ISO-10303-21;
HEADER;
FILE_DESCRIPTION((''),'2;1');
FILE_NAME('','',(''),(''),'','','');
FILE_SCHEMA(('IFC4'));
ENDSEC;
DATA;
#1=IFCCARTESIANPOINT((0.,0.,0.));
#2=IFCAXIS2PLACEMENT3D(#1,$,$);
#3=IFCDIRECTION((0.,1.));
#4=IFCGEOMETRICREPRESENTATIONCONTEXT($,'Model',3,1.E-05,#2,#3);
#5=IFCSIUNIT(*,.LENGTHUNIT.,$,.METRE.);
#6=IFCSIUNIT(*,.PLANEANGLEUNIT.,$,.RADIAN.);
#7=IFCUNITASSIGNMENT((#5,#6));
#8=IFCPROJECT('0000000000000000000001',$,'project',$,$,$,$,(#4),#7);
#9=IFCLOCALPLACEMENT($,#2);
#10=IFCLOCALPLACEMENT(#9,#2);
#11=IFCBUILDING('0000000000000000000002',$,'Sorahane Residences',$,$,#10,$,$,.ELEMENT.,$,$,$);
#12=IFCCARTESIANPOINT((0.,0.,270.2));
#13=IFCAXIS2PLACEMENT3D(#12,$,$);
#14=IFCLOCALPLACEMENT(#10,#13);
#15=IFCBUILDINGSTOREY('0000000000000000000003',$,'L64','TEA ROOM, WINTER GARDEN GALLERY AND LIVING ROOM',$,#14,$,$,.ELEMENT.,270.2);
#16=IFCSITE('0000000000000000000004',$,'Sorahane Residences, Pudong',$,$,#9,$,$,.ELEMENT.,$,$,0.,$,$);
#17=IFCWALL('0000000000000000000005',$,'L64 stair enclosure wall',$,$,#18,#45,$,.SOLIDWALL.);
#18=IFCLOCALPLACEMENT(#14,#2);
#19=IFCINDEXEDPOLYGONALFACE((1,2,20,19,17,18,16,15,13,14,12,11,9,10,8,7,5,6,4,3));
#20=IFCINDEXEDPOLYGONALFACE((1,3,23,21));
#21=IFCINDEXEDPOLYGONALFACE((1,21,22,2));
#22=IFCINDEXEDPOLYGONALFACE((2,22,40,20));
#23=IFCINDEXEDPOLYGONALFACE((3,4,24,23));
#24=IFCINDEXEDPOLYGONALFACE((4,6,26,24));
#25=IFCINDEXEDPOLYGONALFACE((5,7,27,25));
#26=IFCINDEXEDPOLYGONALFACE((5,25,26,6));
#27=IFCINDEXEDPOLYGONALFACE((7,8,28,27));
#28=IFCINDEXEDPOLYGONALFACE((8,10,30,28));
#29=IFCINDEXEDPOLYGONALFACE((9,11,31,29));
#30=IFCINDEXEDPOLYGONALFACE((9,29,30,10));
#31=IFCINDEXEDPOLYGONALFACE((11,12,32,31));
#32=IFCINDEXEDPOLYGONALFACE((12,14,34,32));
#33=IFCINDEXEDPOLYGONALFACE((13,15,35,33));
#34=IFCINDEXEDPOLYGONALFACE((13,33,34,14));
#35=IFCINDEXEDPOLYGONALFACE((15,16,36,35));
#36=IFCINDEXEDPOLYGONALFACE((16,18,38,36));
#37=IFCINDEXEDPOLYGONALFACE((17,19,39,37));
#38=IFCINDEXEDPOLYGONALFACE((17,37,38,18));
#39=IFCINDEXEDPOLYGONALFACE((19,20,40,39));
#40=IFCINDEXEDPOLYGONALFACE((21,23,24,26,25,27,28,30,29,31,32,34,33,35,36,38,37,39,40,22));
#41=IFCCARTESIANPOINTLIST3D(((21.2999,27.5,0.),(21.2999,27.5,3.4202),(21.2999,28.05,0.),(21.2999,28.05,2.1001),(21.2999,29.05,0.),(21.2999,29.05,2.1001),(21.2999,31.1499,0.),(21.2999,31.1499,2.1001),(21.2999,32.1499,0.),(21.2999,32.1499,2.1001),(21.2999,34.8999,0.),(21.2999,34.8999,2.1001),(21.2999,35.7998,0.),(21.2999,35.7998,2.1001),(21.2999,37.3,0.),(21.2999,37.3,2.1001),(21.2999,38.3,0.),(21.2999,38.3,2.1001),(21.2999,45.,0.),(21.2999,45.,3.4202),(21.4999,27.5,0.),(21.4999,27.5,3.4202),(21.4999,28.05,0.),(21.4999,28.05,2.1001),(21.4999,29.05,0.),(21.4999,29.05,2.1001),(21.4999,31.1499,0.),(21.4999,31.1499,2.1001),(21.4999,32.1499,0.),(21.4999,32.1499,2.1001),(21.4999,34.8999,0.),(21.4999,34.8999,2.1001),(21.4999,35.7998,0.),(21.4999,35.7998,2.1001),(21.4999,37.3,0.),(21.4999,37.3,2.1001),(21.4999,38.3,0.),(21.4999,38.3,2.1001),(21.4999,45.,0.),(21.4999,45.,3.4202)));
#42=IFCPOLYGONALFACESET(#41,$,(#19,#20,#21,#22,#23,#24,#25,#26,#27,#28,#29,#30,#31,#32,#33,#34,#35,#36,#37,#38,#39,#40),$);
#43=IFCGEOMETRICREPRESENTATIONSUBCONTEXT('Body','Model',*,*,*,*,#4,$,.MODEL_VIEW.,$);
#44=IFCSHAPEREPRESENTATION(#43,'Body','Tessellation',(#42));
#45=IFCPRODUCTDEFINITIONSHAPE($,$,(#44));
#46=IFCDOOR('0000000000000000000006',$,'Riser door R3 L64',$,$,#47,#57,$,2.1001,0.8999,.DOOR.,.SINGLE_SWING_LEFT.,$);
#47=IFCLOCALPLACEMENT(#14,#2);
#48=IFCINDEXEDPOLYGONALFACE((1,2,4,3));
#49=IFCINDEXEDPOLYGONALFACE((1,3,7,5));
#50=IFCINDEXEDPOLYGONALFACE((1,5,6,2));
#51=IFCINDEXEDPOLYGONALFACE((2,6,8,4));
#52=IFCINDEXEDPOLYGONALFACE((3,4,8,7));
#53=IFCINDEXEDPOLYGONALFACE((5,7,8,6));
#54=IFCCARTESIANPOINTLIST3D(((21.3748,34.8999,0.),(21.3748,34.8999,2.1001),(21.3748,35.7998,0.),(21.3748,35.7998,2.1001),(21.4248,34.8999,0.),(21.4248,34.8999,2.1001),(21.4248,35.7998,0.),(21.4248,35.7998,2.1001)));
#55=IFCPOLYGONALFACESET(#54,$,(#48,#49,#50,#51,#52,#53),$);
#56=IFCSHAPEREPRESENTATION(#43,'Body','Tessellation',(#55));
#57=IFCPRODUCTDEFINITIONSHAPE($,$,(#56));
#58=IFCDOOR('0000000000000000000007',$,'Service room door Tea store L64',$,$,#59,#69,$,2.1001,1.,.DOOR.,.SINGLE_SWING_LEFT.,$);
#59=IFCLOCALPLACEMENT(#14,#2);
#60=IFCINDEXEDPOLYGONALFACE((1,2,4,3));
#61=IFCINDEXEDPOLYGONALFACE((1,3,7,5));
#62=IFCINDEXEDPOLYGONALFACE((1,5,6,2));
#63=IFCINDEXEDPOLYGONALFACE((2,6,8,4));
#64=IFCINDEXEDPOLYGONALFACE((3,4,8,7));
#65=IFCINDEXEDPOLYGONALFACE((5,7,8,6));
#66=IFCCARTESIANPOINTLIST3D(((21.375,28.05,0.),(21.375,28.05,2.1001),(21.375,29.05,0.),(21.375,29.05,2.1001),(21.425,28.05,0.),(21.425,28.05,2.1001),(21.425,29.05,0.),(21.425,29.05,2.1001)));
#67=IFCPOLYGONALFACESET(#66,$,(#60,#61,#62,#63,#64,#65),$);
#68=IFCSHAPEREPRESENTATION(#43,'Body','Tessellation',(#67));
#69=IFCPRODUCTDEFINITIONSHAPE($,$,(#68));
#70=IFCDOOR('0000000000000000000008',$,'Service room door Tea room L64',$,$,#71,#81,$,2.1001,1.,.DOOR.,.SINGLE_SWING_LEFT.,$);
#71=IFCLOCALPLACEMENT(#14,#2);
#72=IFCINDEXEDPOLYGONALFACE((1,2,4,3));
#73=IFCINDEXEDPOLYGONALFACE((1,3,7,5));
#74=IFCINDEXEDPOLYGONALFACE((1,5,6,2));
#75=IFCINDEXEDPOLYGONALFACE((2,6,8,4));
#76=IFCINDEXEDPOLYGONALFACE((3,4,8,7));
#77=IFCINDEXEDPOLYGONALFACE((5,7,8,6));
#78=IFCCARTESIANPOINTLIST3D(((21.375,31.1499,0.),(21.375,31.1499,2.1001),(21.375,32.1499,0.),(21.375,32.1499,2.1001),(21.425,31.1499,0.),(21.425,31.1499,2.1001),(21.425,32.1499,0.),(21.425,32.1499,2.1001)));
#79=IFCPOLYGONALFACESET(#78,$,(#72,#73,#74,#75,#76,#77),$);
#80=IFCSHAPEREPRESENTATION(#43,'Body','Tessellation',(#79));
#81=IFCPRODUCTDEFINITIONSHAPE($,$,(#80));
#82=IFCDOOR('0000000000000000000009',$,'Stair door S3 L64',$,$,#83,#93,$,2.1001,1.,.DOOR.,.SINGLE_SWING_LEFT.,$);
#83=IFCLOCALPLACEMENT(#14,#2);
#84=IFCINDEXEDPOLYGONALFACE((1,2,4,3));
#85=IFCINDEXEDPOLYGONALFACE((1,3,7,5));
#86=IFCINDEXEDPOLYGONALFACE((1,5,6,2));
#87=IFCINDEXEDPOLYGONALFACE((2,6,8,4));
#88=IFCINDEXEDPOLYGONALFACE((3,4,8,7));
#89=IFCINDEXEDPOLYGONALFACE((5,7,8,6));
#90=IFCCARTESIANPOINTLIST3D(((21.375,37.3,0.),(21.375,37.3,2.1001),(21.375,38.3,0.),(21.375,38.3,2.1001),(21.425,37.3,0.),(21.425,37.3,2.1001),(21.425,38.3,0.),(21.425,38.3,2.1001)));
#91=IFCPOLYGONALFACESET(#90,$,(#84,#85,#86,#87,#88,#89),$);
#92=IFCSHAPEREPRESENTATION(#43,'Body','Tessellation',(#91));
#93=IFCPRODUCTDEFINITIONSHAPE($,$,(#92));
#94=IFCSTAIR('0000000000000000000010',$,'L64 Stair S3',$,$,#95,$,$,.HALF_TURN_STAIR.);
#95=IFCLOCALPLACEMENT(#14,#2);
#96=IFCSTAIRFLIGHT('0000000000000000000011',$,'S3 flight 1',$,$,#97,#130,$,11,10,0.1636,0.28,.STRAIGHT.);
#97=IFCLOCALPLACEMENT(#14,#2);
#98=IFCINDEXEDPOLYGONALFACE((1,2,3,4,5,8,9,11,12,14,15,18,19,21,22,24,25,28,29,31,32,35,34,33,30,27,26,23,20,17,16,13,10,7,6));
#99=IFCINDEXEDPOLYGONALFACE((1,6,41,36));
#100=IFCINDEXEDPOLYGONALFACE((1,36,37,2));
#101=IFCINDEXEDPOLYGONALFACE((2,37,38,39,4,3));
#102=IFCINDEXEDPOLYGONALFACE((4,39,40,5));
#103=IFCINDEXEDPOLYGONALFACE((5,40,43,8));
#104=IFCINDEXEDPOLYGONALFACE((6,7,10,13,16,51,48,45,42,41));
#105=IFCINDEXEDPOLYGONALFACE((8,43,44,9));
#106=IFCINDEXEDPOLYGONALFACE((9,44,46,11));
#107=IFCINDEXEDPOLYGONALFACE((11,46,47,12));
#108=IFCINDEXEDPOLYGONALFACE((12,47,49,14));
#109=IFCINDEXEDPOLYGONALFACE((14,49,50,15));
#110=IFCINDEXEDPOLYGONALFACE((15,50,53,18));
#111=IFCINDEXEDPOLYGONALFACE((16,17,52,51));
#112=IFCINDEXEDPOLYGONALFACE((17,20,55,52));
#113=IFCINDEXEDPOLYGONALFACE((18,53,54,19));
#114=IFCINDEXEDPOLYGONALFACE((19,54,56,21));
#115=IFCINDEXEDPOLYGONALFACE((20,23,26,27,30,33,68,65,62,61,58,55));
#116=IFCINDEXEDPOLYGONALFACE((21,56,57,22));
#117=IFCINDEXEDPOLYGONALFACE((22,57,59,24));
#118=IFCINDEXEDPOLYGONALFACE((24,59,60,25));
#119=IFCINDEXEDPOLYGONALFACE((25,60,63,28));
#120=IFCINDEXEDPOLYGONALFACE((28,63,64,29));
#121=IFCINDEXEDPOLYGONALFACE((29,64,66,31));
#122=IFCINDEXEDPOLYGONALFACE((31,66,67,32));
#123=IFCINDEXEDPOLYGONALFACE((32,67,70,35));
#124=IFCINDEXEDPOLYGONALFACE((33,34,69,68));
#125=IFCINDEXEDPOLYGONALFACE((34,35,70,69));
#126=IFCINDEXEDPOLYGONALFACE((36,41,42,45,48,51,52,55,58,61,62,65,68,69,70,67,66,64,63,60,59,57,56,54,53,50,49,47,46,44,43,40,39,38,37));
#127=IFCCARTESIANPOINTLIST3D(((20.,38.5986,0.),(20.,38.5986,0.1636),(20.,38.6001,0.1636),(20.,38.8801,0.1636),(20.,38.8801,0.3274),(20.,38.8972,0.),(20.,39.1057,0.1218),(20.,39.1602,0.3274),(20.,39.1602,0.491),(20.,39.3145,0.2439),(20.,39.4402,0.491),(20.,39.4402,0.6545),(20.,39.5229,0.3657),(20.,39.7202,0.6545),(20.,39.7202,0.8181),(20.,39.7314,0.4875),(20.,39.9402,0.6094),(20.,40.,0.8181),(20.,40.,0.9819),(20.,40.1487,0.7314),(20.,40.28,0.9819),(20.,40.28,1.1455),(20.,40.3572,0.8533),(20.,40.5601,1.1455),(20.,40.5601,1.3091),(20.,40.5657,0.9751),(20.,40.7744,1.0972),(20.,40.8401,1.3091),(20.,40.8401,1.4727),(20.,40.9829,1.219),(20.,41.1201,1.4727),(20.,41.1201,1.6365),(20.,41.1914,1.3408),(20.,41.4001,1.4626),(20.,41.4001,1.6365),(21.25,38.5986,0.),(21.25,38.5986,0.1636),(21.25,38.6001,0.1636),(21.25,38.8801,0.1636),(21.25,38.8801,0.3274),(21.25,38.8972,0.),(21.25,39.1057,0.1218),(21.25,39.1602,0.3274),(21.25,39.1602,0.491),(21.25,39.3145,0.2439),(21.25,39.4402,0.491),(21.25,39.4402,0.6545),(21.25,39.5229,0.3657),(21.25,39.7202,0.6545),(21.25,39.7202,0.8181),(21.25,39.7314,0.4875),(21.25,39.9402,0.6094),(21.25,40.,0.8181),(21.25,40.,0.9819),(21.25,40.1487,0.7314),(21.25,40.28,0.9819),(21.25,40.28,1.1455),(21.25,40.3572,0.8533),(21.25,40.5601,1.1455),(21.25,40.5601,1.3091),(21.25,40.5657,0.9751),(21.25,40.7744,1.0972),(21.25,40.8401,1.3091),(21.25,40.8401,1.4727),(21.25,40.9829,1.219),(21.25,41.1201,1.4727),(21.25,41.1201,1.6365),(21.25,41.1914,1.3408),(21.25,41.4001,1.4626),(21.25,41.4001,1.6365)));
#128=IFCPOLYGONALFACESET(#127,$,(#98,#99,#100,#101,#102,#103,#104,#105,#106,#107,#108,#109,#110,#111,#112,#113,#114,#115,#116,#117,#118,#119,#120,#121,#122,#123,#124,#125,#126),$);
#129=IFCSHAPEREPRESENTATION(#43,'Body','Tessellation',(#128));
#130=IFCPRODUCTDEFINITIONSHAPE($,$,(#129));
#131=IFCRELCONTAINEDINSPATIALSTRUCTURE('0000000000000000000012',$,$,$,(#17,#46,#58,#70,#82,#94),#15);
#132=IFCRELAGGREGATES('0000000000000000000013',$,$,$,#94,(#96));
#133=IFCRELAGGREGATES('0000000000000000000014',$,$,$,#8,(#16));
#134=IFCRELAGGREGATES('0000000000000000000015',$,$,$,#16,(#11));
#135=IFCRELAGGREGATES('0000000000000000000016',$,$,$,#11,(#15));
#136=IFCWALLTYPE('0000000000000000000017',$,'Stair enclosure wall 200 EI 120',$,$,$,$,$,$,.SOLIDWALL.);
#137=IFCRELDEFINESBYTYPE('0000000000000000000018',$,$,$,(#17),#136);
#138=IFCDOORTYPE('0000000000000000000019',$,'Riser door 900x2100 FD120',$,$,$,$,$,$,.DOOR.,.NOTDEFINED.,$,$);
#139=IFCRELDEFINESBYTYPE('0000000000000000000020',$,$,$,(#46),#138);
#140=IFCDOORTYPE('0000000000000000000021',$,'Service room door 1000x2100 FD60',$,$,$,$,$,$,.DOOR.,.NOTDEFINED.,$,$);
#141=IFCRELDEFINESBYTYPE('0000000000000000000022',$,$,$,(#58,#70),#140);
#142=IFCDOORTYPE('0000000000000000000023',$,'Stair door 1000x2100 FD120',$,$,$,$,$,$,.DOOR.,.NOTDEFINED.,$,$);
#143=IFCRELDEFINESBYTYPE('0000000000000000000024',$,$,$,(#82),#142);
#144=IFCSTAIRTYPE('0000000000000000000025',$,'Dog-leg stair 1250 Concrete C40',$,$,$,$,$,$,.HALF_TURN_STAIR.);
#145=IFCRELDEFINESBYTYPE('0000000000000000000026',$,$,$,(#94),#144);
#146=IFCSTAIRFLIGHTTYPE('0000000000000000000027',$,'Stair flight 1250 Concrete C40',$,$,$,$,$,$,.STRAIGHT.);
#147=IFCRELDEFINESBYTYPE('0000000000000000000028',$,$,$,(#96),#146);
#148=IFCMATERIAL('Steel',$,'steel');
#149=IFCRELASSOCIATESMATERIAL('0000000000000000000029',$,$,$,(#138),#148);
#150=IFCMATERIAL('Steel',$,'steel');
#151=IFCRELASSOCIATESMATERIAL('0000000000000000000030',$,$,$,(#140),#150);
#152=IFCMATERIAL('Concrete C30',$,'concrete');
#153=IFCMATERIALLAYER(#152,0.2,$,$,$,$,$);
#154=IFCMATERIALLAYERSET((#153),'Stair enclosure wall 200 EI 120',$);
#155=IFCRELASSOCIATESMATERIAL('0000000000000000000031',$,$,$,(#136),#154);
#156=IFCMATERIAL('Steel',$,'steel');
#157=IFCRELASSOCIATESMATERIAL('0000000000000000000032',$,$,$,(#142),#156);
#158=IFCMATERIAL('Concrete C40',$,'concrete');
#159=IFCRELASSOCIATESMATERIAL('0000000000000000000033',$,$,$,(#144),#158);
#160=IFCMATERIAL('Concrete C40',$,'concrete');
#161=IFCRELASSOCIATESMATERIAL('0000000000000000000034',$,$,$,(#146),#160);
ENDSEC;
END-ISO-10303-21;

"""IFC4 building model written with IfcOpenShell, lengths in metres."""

from ifc_helpers import new_model, si_unit, direction, frame, frame_2d, origin, place, context, subcontext, project, spatial, polyline, rectangle, outline, extrude, material, layer, layer_set, type_object, element, fill, aggregate, save


model = new_model("IFC4")

# Units and contexts
model_context = context("Model", 3, precision=1e-05, world=origin(), true_north=direction((0.0, 1.0)))
body_context = subcontext(model_context, "Body", "Model", "MODEL_VIEW")
ifc_project = project(units=[si_unit("LENGTHUNIT", "METRE"), si_unit("PLANEANGLEUNIT", "RADIAN")], contexts=[model_context])

# Site, building, storey
site_placement = place(None, origin())
site = spatial("IfcSite", under=ifc_project, at=site_placement, Name="Sorahane Residences, Pudong", CompositionType="ELEMENT", RefElevation=0.0)
building_placement = place(site_placement, origin())
building = spatial("IfcBuilding", under=site, at=building_placement, Name="Sorahane Residences", CompositionType="ELEMENT")
storey_placement = place(building_placement, frame((0.0, 0.0, 270.2)))
storey = spatial("IfcBuildingStorey", under=building, at=storey_placement, Name="L64", Description="TEA ROOM, WINTER GARDEN GALLERY AND LIVING ROOM", CompositionType="ELEMENT", Elevation=270.2)

# Shared definitions
ifc_material_1 = material(Name="Steel", Category="steel")
door_type_1 = type_object("IfcDoorType", Name="Riser door 900x2100 FD120", OperationType="NOTDEFINED", PredefinedType="DOOR", material=ifc_material_1)
ifc_material_2 = material(Name="Steel", Category="steel")
door_type_2 = type_object("IfcDoorType", Name="Service room door 1000x2100 FD60", OperationType="NOTDEFINED", PredefinedType="DOOR", material=ifc_material_2)

# Wall, openings, doors
ifc_material_3 = material(Name="Concrete C30", Category="concrete")
ifc_layer_1 = layer(ifc_material_3, 0.2)
ifc_layer_set_1 = layer_set([ifc_layer_1], Name="Stair enclosure wall 200 EI 120")
wall_type_1 = type_object("IfcWallType", Name="Stair enclosure wall 200 EI 120", PredefinedType="SOLIDWALL", material=ifc_layer_set_1)
wall_1_placement = place(storey_placement, frame((21.3999, 27.5, 0.0), z_axis=(0.0, 0.0, 1.0), x_axis=(0.0, 1.0, 0.0)))
wall_1 = element("IfcWall", 1, at=wall_1_placement, inside=storey, type_object=wall_type_1, Name="L64 stair enclosure wall", PredefinedType="SOLIDWALL", context=body_context, shape_type="SweptSolid", body=[
    extrude(rectangle(XDim=17.5, YDim=0.2, at=frame_2d((8.75, 0.0))), origin(), (0.0, 0.0, 1.0), 3.4202),
])
opening_1_placement = place(wall_1_placement, frame((0.55, 0.0, 0.0)))
opening_1 = element("IfcOpeningElement", 2, at=opening_1_placement, cuts=wall_1, PredefinedType="OPENING", context=body_context, shape_type="SweptSolid", body=[
    extrude(rectangle(XDim=1.0, YDim=2.1001, at=frame_2d((0.5, 1.05))), frame((0.0, 0.1099, 0.0), z_axis=(0.0, -1.0, 0.0), x_axis=(1.0, 0.0, 0.0)), (0.0, 0.0, 1.0), 0.22),
])
opening_2_placement = place(wall_1_placement, frame((3.6499, 0.0, 0.0)))
opening_2 = element("IfcOpeningElement", 3, at=opening_2_placement, cuts=wall_1, PredefinedType="OPENING", context=body_context, shape_type="SweptSolid", body=[
    extrude(rectangle(XDim=1.0, YDim=2.1001, at=frame_2d((0.5, 1.05))), frame((0.0, 0.1099, 0.0), z_axis=(0.0, -1.0, 0.0), x_axis=(1.0, 0.0, 0.0)), (0.0, 0.0, 1.0), 0.22),
])
opening_3_placement = place(wall_1_placement, frame((9.8, 0.0, 0.0)))
opening_3 = element("IfcOpeningElement", 4, at=opening_3_placement, cuts=wall_1, PredefinedType="OPENING", context=body_context, shape_type="SweptSolid", body=[
    extrude(rectangle(XDim=1.0, YDim=2.1001, at=frame_2d((0.5, 1.05))), frame((0.0, 0.1099, 0.0), z_axis=(0.0, -1.0, 0.0), x_axis=(1.0, 0.0, 0.0)), (0.0, 0.0, 1.0), 0.22),
])
opening_4_placement = place(wall_1_placement, frame((7.3999, 0.0, 0.0)))
opening_4 = element("IfcOpeningElement", 5, at=opening_4_placement, cuts=wall_1, PredefinedType="OPENING", context=body_context, shape_type="SweptSolid", body=[
    extrude(rectangle(XDim=0.8999, YDim=2.1001, at=frame_2d((0.45, 1.05))), frame((0.0, 0.1099, 0.0), z_axis=(0.0, -1.0, 0.0), x_axis=(1.0, 0.0, 0.0)), (0.0, 0.0, 1.0), 0.22),
])
door_1_placement = place(opening_4_placement, frame((0.8999, 0.0, 0.0), z_axis=(0.0, 0.0, 1.0), x_axis=(-1.0, 0.0, 0.0)))
door_1 = element("IfcDoor", 6, at=door_1_placement, inside=storey, type_object=door_type_1, Name="Riser door R3 L64", OperationType="SINGLE_SWING_LEFT", OverallHeight=2.1001, OverallWidth=0.8999, PredefinedType="DOOR", context=body_context, shape_type="SweptSolid", body=[
    extrude(rectangle(XDim=0.8999, YDim=2.1001, at=frame_2d((0.45, 1.05))), frame((0.0, 0.0249, 0.0), z_axis=(0.0, -1.0, 0.0), x_axis=(1.0, 0.0, 0.0)), (0.0, 0.0, 1.0), 0.05),
])
fill(opening_4, door_1)
door_2_placement = place(opening_1_placement, origin())
door_2 = element("IfcDoor", 7, at=door_2_placement, inside=storey, type_object=door_type_2, Name="Service room door Tea store L64", OperationType="SINGLE_SWING_LEFT", OverallHeight=2.1001, OverallWidth=1.0, PredefinedType="DOOR", context=body_context, shape_type="SweptSolid", body=[
    extrude(rectangle(XDim=1.0, YDim=2.1001, at=frame_2d((0.5, 1.05))), frame((0.0, 0.0249, 0.0), z_axis=(0.0, -1.0, 0.0), x_axis=(1.0, 0.0, 0.0)), (0.0, 0.0, 1.0), 0.05),
])
fill(opening_1, door_2)
door_3_placement = place(opening_2_placement, origin())
door_3 = element("IfcDoor", 8, at=door_3_placement, inside=storey, type_object=door_type_2, Name="Service room door Tea room L64", OperationType="SINGLE_SWING_LEFT", OverallHeight=2.1001, OverallWidth=1.0, PredefinedType="DOOR", context=body_context, shape_type="SweptSolid", body=[
    extrude(rectangle(XDim=1.0, YDim=2.1001, at=frame_2d((0.5, 1.05))), frame((0.0, 0.0249, 0.0), z_axis=(0.0, -1.0, 0.0), x_axis=(1.0, 0.0, 0.0)), (0.0, 0.0, 1.0), 0.05),
])
fill(opening_2, door_3)
ifc_material_4 = material(Name="Steel", Category="steel")
door_type_3 = type_object("IfcDoorType", Name="Stair door 1000x2100 FD120", OperationType="NOTDEFINED", PredefinedType="DOOR", material=ifc_material_4)
door_4_placement = place(opening_3_placement, origin())
door_4 = element("IfcDoor", 9, at=door_4_placement, inside=storey, type_object=door_type_3, Name="Stair door S3 L64", OperationType="SINGLE_SWING_LEFT", OverallHeight=2.1001, OverallWidth=1.0, PredefinedType="DOOR", context=body_context, shape_type="SweptSolid", body=[
    extrude(rectangle(XDim=1.0, YDim=2.1001, at=frame_2d((0.5, 1.05))), frame((0.0, 0.0249, 0.0), z_axis=(0.0, -1.0, 0.0), x_axis=(1.0, 0.0, 0.0)), (0.0, 0.0, 1.0), 0.05),
])
fill(opening_3, door_4)

# Stair, stair flight
ifc_material_5 = material(Name="Concrete C40", Category="concrete")
stair_type = type_object("IfcStairType", Name="Dog-leg stair 1250 Concrete C40", PredefinedType="HALF_TURN_STAIR", material=ifc_material_5)
stair_placement = place(storey_placement, origin())
stair = element("IfcStair", 10, at=stair_placement, inside=storey, type_object=stair_type, Name="L64 Stair S3", PredefinedType="HALF_TURN_STAIR")
ifc_material_6 = material(Name="Concrete C40", Category="concrete")
stair_flight_type = type_object("IfcStairFlightType", Name="Stair flight 1250 Concrete C40", PredefinedType="STRAIGHT", material=ifc_material_6)
stair_flight_1_placement = place(storey_placement, frame((20.625, 38.6001, 0.0), z_axis=(0.0, 0.0, 1.0), x_axis=(0.0, 1.0, 0.0)))
stair_flight_1 = element("IfcStairFlight", 11, at=stair_flight_1_placement, type_object=stair_flight_type, Name="S3 flight 1", NumberOfRisers=11, NumberOfTreads=10, PredefinedType="STRAIGHT", RiserHeight=0.1636, TreadLength=0.28, context=body_context, shape_type="SweptSolid", body=[
    extrude(outline(polyline([(-0.0015, 0.0), (-0.0015, 0.1636), (0.0, 0.1636), (0.28, 0.1636), (0.28, 0.3274), (0.5601, 0.3274), (0.5601, 0.491), (0.8401, 0.491), (0.8401, 0.6545), (1.1201, 0.6545), (1.1201, 0.8181), (1.3999, 0.8181), (1.3999, 0.9819), (1.6799, 0.9819), (1.6799, 1.1455), (1.96, 1.1455), (1.96, 1.3091), (2.24, 1.3091), (2.24, 1.4727), (2.52, 1.4727), (2.52, 1.6365), (2.8, 1.6365), (2.8, 1.8), (2.8, 1.4626), (2.5913, 1.3408), (2.3828, 1.219), (2.1743, 1.0972), (1.9656, 0.9751), (1.7571, 0.8533), (1.5486, 0.7314), (1.3401, 0.6094), (1.1313, 0.4875), (0.9229, 0.3657), (0.7144, 0.2439), (0.5056, 0.1218), (0.2971, 0.0), (-0.0015, 0.0)])), frame((0.0, 0.625, 0.0), z_axis=(0.0, -1.0, 0.0), x_axis=(1.0, 0.0, 0.0)), (0.0, 0.0, 1.0), 1.25),
])
aggregate(stair, [stair_flight_1])

save(model, "model.ifc")
